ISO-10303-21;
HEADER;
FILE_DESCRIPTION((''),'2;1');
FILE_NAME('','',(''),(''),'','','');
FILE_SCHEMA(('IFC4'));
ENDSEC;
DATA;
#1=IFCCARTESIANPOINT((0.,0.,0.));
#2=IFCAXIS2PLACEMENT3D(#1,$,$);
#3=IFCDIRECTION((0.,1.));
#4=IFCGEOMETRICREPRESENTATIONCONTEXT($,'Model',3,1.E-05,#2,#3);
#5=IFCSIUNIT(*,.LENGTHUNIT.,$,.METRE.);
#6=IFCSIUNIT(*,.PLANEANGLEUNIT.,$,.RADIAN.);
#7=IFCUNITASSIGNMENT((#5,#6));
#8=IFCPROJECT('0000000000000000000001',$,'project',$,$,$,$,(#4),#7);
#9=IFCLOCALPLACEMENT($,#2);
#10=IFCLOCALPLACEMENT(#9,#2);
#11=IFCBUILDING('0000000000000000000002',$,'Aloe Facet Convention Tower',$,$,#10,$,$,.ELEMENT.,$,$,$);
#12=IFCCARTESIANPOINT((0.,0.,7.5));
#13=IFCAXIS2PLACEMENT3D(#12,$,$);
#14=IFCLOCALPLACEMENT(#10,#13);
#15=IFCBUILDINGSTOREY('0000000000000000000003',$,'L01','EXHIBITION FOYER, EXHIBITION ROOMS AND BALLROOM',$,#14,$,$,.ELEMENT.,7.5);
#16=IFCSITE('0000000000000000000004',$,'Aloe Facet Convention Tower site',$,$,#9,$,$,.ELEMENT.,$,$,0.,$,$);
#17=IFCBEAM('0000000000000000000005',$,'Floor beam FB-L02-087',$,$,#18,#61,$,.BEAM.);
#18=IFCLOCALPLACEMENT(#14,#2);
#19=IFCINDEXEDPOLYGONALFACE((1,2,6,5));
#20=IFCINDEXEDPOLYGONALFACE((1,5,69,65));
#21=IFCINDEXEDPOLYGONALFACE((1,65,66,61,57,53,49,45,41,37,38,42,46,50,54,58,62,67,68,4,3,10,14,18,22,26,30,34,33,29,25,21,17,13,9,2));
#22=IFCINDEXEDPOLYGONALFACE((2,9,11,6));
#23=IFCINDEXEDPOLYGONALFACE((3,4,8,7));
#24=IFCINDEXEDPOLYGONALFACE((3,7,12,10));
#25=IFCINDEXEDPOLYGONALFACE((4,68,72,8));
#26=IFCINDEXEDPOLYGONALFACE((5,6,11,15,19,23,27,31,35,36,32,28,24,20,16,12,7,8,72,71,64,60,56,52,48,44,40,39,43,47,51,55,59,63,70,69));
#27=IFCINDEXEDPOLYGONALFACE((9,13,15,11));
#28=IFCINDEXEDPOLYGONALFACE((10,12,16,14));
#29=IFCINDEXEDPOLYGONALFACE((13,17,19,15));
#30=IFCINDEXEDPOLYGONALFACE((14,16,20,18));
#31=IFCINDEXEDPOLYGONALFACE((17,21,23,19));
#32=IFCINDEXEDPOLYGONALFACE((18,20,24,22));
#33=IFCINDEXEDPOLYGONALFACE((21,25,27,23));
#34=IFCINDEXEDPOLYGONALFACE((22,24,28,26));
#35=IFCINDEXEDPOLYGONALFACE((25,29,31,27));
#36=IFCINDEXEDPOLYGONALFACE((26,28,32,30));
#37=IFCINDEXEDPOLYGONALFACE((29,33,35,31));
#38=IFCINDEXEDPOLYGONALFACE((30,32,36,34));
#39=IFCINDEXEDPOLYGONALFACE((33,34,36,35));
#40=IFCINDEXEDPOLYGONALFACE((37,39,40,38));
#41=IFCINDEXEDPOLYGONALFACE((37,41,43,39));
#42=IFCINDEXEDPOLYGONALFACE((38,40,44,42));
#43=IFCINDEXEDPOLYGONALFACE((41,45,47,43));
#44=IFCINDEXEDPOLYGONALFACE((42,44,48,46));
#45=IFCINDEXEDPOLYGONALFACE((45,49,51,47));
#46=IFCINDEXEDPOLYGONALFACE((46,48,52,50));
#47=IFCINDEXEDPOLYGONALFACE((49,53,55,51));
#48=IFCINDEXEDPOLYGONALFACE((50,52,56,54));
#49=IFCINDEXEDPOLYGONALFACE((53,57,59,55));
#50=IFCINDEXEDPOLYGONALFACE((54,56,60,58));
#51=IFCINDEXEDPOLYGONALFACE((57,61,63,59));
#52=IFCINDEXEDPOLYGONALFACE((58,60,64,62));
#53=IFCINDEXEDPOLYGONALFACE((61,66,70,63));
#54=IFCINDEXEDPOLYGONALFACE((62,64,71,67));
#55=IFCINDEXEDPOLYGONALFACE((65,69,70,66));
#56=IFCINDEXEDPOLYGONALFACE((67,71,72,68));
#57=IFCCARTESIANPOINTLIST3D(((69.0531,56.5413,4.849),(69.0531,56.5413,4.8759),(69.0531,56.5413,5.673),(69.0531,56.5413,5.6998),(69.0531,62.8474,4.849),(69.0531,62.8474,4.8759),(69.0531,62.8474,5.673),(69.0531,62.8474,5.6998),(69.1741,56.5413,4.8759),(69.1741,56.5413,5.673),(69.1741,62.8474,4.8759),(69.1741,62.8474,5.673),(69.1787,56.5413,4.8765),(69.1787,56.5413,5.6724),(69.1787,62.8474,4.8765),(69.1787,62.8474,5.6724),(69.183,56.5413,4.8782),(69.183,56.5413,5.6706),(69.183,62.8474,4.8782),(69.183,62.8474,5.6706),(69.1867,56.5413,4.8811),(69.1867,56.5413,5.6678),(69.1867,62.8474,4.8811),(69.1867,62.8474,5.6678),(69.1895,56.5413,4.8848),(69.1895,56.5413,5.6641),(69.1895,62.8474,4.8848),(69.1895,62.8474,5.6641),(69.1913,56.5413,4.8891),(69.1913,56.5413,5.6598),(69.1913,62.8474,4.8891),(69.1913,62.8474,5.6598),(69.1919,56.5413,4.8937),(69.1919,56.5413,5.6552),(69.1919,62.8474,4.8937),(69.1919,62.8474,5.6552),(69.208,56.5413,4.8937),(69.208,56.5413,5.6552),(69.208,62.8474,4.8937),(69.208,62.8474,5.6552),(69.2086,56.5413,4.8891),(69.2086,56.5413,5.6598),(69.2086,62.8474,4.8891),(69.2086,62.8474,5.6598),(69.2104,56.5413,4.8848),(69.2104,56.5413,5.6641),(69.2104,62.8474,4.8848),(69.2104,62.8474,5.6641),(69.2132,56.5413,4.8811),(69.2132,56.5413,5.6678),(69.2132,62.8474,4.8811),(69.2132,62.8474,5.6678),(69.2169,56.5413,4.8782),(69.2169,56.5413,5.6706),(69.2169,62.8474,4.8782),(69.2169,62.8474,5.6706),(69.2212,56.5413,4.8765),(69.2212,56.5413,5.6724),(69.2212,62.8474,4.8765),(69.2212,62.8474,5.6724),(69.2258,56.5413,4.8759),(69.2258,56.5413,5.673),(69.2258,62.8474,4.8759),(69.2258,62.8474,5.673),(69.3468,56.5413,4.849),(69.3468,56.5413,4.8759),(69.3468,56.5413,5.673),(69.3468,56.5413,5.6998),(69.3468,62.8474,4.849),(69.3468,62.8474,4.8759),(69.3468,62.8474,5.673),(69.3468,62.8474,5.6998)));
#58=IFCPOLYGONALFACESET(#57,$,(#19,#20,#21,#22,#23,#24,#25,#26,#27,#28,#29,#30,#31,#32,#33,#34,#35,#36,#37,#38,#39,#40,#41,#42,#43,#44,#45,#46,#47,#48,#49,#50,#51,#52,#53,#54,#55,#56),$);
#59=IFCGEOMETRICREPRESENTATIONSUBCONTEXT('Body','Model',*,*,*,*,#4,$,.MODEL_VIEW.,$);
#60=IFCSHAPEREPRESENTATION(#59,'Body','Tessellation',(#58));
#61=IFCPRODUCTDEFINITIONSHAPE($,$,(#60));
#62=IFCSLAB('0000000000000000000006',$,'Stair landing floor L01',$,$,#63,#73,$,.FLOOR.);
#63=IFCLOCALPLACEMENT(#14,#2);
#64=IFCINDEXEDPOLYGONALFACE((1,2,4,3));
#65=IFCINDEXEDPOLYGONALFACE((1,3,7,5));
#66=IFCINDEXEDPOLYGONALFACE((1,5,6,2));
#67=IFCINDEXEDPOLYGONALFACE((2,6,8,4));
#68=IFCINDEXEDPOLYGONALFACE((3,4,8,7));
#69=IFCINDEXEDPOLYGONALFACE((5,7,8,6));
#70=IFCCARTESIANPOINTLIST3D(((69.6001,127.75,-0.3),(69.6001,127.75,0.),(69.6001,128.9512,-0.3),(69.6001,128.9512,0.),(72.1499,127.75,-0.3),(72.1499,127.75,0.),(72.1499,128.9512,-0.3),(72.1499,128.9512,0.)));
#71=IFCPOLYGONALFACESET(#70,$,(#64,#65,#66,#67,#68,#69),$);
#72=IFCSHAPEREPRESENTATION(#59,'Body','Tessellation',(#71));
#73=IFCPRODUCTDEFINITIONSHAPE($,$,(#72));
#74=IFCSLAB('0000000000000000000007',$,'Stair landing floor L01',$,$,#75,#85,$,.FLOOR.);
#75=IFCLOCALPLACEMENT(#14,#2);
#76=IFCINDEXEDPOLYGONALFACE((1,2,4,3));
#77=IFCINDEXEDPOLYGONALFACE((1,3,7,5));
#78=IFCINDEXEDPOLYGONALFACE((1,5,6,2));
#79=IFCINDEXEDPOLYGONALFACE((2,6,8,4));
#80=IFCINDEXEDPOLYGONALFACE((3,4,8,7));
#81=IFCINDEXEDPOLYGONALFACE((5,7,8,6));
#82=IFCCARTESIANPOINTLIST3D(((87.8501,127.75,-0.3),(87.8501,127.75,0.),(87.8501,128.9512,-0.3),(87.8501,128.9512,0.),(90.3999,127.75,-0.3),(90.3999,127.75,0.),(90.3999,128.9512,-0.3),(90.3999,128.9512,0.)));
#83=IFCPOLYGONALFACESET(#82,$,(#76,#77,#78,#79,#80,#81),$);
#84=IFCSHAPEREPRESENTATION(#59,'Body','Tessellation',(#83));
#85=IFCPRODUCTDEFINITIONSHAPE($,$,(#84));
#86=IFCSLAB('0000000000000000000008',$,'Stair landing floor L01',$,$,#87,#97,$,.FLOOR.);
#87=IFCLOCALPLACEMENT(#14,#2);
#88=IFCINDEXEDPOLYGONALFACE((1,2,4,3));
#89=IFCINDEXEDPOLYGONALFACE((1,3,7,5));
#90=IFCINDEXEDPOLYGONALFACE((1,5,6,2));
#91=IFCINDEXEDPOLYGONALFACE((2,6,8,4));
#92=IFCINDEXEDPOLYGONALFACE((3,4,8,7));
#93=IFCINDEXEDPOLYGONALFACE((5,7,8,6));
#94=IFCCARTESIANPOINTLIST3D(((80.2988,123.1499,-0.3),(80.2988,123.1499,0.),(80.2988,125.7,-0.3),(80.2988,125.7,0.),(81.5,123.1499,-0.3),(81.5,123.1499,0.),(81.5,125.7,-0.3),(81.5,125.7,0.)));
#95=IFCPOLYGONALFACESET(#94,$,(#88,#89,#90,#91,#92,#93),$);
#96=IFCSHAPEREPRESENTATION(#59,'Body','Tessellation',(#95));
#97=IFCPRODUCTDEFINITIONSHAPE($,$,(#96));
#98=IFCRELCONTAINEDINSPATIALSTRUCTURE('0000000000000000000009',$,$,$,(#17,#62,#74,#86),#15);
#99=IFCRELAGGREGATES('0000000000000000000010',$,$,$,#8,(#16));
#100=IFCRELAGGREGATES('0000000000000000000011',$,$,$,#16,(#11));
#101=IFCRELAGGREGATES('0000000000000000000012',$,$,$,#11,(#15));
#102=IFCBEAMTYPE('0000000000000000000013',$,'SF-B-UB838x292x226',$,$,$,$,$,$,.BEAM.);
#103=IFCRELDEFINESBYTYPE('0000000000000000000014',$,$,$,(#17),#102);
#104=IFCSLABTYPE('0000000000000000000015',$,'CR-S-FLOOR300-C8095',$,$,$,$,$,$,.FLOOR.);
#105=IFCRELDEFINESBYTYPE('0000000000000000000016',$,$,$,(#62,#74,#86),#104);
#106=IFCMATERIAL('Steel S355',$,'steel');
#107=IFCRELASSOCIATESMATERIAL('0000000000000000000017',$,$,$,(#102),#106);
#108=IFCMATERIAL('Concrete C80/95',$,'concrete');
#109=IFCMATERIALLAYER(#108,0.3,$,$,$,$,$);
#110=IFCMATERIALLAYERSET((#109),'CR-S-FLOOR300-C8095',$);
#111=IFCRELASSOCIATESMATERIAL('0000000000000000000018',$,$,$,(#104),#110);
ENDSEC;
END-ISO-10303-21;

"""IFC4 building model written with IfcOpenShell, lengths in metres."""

from ifc_helpers import new_model, si_unit, direction, frame, origin, origin_2d, place, context, subcontext, project, spatial, polyline, i_section, outline, extrude, material, layer, layer_set, material_profile, profile_set, type_object, element, save


model = new_model("IFC4")

# Units and contexts
model_context = context("Model", 3, precision=1e-05, world=origin(), true_north=direction((0.0, 1.0)))
body_context = subcontext(model_context, "Body", "Model", "MODEL_VIEW")
ifc_project = project(units=[si_unit("LENGTHUNIT", "METRE"), si_unit("PLANEANGLEUNIT", "RADIAN")], contexts=[model_context])

# Site, building, storey
site_placement = place(None, origin())
site = spatial("IfcSite", under=ifc_project, at=site_placement, Name="Aloe Facet Convention Tower site", CompositionType="ELEMENT", RefElevation=0.0)
building_placement = place(site_placement, origin())
building = spatial("IfcBuilding", under=site, at=building_placement, Name="Aloe Facet Convention Tower", CompositionType="ELEMENT")
storey_placement = place(building_placement, frame((0.0, 0.0, 7.5)))
storey = spatial("IfcBuildingStorey", under=building, at=storey_placement, Name="L01", Description="EXHIBITION FOYER, EXHIBITION ROOMS AND BALLROOM", CompositionType="ELEMENT", Elevation=7.5)

# Beam
ifc_material_1 = material(Name="Steel S355", Category="steel")
ifc_material_profile_1 = material_profile(ifc_material_1, i_section(OverallWidth=0.2937, OverallDepth=0.8508, WebThickness=0.0161, FlangeThickness=0.0269, FilletRadius=0.0178, at=origin_2d()), Name="UB 838x292x226")
ifc_profile_set_1 = profile_set([ifc_material_profile_1], Name="Steel S355")
beam_type_1 = type_object("IfcBeamType", Name="SF-B-UB838x292x226", PredefinedType="BEAM", material=ifc_profile_set_1)
beam_1_placement = place(storey_placement, frame((69.2, 56.5413, 5.2744), z_axis=(0.0, 1.0, 0.0), x_axis=(-1.0, 0.0, 0.0)))
element("IfcBeam", 1, at=beam_1_placement, inside=storey, type_object=beam_type_1, Name="Floor beam FB-L02-087", PredefinedType="BEAM", context=body_context, shape_type="SweptSolid", body=[
    extrude(i_section(OverallWidth=0.2937, OverallDepth=0.8508, WebThickness=0.0161, FlangeThickness=0.0269, FilletRadius=0.0178, at=origin_2d()), origin(), (0.0, 0.0, 1.0), 6.3062),
])

# Slabs
ifc_material_2 = material(Name="Concrete C80/95", Category="concrete")
ifc_layer_1 = layer(ifc_material_2, 0.3)
ifc_layer_set_1 = layer_set([ifc_layer_1], Name="CR-S-FLOOR300-C8095")
slab_type_1 = type_object("IfcSlabType", Name="CR-S-FLOOR300-C8095", PredefinedType="FLOOR", material=ifc_layer_set_1)
slab_1_placement = place(storey_placement, frame((0.0, 0.0, -0.3)))
element("IfcSlab", 2, at=slab_1_placement, inside=storey, type_object=slab_type_1, Name="Stair landing floor L01", PredefinedType="FLOOR", context=body_context, shape_type="SweptSolid", body=[
    extrude(outline(polyline([(72.1499, 127.75), (72.1499, 128.9512), (69.6001, 128.9512), (69.6001, 127.75), (72.1499, 127.75)])), origin(), (0.0, 0.0, 1.0), 0.3),
])
slab_2_placement = place(storey_placement, frame((0.0, 0.0, -0.3)))
element("IfcSlab", 3, at=slab_2_placement, inside=storey, type_object=slab_type_1, Name="Stair landing floor L01", PredefinedType="FLOOR", context=body_context, shape_type="SweptSolid", body=[
    extrude(outline(polyline([(90.3999, 127.75), (90.3999, 128.9512), (87.8501, 128.9512), (87.8501, 127.75), (90.3999, 127.75)])), origin(), (0.0, 0.0, 1.0), 0.3),
])
slab_3_placement = place(storey_placement, frame((0.0, 0.0, -0.3)))
element("IfcSlab", 4, at=slab_3_placement, inside=storey, type_object=slab_type_1, Name="Stair landing floor L01", PredefinedType="FLOOR", context=body_context, shape_type="SweptSolid", body=[
    extrude(outline(polyline([(81.5, 125.7), (80.2988, 125.7), (80.2988, 123.1499), (81.5, 123.1499), (81.5, 125.7)])), origin(), (0.0, 0.0, 1.0), 0.3),
])

save(model, "model.ifc")
